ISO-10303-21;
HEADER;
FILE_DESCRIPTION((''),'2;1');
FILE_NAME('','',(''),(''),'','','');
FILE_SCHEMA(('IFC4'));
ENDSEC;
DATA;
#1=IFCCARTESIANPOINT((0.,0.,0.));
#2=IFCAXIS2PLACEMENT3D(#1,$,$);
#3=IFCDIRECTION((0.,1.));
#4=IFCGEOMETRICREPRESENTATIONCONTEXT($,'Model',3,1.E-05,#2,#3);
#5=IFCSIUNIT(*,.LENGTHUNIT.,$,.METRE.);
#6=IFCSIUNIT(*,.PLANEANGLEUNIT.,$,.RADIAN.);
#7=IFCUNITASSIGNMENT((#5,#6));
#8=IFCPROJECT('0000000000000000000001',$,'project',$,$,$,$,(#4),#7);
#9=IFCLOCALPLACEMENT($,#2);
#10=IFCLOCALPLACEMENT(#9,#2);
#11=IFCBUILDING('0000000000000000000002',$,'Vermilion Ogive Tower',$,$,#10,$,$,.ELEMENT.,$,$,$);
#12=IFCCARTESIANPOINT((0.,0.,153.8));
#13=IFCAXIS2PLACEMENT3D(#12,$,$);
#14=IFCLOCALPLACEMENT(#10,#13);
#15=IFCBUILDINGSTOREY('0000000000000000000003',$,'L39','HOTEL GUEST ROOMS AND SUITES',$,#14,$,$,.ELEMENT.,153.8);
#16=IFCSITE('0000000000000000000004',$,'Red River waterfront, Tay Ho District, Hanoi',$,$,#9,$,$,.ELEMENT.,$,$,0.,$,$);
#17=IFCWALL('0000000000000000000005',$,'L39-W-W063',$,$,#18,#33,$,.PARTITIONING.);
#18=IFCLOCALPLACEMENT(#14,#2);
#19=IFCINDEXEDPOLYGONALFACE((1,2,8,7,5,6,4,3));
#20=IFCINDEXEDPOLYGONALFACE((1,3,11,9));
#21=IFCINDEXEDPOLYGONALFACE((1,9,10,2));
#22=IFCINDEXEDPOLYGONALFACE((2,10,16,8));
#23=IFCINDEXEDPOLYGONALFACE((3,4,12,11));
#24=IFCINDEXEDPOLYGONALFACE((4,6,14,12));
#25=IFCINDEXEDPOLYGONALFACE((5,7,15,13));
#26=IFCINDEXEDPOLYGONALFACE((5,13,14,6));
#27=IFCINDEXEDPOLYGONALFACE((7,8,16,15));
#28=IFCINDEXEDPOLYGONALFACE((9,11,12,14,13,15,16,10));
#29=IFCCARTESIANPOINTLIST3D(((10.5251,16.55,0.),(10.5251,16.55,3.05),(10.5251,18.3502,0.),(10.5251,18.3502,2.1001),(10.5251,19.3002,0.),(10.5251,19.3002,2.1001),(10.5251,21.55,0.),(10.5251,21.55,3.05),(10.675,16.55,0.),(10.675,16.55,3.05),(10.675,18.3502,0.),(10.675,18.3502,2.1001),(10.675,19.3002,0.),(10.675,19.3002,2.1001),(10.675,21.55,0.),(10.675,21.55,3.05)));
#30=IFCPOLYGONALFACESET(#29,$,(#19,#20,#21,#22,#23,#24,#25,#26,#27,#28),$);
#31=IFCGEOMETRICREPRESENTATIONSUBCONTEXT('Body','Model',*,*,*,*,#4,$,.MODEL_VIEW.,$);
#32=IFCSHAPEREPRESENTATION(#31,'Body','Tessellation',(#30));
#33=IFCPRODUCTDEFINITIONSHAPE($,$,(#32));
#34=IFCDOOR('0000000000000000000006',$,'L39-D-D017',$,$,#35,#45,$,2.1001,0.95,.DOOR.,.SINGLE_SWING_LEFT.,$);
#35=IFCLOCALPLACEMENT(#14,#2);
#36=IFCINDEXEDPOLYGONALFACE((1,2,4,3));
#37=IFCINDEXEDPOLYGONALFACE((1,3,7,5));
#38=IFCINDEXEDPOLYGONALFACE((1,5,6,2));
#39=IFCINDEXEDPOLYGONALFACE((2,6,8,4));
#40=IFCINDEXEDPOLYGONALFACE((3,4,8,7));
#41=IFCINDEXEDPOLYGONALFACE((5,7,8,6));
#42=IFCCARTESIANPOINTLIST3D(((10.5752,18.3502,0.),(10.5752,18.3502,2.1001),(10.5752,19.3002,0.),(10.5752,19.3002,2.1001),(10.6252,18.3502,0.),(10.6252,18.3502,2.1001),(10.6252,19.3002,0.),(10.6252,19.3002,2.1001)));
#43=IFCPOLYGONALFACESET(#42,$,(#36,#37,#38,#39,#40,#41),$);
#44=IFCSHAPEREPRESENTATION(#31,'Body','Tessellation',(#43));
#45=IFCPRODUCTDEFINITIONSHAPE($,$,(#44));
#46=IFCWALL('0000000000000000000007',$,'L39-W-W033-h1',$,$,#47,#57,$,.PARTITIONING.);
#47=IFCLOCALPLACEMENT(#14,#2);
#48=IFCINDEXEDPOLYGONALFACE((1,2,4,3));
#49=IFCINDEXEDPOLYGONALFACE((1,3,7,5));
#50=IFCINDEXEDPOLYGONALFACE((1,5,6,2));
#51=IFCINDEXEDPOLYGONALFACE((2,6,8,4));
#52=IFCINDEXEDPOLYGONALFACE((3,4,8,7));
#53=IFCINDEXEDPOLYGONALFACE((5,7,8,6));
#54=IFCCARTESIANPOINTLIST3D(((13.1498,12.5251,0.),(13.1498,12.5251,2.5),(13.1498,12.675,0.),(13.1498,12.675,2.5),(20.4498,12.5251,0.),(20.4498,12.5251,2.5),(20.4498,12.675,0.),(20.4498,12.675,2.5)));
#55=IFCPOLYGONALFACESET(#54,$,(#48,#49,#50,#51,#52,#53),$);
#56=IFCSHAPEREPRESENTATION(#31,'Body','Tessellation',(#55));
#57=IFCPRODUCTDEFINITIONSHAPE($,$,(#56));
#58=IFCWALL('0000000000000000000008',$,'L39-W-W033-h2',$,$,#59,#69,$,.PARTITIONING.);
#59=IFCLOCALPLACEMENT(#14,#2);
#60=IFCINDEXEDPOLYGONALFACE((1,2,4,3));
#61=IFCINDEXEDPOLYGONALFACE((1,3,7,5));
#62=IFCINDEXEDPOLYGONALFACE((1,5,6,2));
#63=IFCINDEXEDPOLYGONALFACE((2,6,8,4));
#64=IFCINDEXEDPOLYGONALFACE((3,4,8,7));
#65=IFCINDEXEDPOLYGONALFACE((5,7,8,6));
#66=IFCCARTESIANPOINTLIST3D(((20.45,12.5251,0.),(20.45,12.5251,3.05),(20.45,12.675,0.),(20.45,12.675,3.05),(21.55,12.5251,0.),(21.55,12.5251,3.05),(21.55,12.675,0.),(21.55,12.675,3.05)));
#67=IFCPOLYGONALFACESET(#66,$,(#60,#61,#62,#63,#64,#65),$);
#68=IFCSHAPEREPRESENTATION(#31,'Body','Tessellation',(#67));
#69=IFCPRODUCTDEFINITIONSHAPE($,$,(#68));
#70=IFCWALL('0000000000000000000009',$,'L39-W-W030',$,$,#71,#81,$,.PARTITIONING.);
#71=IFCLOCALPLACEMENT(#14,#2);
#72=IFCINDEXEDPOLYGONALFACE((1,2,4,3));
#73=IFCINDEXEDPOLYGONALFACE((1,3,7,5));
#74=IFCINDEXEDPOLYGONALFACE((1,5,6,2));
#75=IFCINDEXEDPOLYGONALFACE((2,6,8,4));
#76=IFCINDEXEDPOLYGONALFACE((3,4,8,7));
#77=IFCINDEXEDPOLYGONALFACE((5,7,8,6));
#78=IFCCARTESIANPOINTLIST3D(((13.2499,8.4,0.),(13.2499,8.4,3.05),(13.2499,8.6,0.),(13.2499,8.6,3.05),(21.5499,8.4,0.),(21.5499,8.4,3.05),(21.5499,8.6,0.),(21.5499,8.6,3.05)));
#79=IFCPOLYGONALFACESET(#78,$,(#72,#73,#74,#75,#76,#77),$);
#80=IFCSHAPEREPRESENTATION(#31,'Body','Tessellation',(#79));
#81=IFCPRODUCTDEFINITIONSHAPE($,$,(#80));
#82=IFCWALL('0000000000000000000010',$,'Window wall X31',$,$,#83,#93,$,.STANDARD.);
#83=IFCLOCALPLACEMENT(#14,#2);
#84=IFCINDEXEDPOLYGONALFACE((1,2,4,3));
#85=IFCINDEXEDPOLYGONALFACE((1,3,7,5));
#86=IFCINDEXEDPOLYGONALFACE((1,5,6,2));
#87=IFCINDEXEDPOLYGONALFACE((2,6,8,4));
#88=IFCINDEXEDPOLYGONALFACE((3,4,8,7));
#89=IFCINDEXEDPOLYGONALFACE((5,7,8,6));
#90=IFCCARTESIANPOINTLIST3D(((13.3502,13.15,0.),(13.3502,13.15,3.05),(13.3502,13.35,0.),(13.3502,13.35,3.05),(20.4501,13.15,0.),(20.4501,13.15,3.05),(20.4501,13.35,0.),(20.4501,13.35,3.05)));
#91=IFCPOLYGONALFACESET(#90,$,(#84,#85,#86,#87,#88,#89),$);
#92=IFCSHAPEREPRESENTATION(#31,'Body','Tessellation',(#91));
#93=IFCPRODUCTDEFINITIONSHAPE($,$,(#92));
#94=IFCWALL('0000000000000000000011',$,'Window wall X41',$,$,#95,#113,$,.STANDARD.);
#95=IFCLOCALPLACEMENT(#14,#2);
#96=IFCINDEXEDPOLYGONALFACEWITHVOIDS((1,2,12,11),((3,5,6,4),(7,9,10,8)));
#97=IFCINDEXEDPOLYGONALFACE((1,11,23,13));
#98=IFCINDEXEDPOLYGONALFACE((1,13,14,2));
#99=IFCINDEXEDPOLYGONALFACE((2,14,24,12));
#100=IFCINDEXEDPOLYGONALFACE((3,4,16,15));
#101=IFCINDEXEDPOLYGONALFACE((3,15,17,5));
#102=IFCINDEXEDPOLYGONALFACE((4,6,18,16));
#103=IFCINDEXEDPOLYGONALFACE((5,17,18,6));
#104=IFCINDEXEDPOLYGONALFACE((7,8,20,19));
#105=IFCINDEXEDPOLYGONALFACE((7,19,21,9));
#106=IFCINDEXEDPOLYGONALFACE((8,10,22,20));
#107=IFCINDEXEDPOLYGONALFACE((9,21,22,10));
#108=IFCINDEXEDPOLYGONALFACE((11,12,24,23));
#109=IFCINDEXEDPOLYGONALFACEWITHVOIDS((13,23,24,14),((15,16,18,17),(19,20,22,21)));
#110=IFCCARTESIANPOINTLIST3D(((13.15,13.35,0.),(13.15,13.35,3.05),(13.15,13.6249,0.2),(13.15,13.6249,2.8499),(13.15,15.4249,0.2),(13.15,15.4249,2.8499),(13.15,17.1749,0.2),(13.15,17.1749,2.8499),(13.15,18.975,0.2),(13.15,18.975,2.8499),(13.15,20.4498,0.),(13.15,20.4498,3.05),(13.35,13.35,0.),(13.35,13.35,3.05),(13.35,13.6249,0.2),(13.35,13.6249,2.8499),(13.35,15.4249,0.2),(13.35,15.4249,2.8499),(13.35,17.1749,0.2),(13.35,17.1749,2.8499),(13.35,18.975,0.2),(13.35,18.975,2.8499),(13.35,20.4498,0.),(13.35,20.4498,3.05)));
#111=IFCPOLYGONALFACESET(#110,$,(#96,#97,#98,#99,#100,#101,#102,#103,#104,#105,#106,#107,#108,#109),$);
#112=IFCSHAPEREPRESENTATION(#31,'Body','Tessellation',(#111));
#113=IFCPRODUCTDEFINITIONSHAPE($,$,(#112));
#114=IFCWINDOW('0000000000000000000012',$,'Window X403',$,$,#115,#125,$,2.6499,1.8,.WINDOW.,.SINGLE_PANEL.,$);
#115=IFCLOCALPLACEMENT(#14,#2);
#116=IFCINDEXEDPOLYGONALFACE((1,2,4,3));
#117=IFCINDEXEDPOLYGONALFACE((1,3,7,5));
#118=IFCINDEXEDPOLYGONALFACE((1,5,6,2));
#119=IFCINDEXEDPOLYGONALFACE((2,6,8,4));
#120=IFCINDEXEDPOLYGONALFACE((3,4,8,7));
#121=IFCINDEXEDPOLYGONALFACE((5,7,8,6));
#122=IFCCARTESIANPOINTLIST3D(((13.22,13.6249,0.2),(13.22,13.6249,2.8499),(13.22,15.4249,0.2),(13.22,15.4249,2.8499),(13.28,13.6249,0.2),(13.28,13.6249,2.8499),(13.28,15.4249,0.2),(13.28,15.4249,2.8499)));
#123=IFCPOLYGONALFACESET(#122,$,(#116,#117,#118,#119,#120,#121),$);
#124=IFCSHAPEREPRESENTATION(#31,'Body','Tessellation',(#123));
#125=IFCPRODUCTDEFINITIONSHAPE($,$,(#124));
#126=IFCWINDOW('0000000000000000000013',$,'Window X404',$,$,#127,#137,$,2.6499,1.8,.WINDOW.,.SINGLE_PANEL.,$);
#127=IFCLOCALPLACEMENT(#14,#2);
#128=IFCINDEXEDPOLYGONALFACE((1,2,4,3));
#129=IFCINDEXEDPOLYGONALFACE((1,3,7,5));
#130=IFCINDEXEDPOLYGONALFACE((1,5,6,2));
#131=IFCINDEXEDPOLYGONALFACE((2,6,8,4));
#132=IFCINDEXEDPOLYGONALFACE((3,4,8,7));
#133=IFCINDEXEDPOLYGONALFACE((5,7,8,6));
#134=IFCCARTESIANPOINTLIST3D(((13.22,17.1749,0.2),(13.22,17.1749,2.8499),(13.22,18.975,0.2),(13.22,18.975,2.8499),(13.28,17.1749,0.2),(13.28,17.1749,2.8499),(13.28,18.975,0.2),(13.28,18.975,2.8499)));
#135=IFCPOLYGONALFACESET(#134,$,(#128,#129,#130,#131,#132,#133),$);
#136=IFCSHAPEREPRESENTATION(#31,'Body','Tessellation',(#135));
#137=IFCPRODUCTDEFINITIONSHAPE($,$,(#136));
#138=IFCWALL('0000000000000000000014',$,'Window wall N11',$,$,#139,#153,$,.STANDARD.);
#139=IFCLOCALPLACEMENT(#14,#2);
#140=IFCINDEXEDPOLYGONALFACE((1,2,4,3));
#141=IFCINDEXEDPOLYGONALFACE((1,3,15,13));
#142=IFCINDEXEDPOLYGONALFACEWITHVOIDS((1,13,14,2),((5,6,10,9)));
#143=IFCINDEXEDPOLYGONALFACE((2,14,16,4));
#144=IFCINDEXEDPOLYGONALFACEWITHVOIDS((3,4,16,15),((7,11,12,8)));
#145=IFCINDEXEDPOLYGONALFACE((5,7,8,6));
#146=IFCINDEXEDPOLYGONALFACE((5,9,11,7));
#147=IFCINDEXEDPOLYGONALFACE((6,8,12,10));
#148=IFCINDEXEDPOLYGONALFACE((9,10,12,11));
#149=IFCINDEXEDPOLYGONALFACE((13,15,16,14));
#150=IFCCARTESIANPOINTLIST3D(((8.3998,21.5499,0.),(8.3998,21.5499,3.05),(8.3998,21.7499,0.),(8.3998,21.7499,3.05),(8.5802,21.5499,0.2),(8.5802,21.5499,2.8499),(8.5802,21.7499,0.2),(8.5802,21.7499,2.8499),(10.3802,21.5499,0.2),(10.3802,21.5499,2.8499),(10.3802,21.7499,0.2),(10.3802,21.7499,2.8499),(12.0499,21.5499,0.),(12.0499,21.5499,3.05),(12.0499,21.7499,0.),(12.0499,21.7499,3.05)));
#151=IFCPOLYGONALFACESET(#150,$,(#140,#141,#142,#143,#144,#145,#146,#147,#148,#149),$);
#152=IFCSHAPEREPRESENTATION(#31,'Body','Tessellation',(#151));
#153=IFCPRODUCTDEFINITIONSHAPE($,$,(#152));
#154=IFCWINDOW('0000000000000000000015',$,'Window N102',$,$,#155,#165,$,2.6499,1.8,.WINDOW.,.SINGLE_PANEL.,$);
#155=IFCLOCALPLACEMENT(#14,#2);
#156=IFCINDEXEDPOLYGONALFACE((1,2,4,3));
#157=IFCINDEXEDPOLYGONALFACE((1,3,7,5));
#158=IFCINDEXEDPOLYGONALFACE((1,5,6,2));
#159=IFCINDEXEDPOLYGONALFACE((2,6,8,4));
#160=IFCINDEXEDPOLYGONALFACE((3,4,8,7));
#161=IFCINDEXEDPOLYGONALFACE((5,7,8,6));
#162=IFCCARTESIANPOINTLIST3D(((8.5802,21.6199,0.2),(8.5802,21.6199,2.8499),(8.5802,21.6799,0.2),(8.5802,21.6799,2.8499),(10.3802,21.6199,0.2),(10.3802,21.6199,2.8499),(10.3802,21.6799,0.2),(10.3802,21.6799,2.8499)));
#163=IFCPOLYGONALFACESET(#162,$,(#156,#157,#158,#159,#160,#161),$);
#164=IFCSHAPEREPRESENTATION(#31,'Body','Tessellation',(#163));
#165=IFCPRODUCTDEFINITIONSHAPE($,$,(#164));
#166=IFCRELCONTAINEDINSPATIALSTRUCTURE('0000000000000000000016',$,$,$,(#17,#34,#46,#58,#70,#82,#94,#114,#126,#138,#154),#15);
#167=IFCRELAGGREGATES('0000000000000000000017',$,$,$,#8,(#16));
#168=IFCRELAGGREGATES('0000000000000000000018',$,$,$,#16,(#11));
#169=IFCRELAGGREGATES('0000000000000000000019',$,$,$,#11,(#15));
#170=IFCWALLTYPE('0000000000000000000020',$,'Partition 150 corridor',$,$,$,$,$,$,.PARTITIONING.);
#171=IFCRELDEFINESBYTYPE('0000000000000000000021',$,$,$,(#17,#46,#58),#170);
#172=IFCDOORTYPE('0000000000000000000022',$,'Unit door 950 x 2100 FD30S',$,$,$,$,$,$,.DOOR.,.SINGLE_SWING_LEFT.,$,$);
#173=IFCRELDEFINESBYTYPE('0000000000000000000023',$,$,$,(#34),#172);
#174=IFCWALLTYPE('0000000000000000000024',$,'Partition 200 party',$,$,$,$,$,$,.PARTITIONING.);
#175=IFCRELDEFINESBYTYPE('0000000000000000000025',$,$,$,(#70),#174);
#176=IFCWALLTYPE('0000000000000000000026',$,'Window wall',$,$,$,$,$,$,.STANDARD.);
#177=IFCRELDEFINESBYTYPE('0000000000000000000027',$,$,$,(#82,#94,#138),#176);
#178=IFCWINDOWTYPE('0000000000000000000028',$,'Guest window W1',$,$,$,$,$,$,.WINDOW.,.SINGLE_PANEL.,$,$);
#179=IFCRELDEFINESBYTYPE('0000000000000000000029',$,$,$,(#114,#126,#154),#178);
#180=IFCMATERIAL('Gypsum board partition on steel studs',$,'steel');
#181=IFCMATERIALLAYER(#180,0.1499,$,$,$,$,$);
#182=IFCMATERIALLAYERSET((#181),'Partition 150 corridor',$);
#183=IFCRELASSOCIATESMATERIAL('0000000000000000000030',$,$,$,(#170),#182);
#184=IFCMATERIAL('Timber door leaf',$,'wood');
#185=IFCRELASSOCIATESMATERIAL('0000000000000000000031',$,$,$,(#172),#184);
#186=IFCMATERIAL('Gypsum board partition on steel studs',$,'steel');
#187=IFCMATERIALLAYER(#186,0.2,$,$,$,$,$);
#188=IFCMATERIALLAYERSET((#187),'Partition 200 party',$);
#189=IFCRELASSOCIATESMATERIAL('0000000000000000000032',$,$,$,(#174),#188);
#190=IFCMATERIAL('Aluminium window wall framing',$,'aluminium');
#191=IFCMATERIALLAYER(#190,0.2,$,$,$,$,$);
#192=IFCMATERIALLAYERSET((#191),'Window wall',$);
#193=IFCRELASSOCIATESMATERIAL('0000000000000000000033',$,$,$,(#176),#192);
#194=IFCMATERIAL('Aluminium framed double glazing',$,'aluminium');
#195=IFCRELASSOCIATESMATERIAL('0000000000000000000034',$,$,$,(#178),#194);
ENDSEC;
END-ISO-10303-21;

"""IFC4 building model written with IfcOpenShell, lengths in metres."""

from ifc_helpers import new_model, si_unit, direction, frame, frame_2d, origin, place, context, subcontext, project, spatial, rectangle, extrude, material, layer, layer_set, type_object, element, fill, save


model = new_model("IFC4")

# Units and contexts
model_context = context("Model", 3, precision=1e-05, world=origin(), true_north=direction((0.0, 1.0)))
body_context = subcontext(model_context, "Body", "Model", "MODEL_VIEW")
ifc_project = project(units=[si_unit("LENGTHUNIT", "METRE"), si_unit("PLANEANGLEUNIT", "RADIAN")], contexts=[model_context])

# Site, building, storey
site_placement = place(None, origin())
site = spatial("IfcSite", under=ifc_project, at=site_placement, Name="Red River waterfront, Tay Ho District, Hanoi", CompositionType="ELEMENT", RefElevation=0.0)
building_placement = place(site_placement, origin())
building = spatial("IfcBuilding", under=site, at=building_placement, Name="Vermilion Ogive Tower", CompositionType="ELEMENT")
storey_placement = place(building_placement, frame((0.0, 0.0, 153.8)))
storey = spatial("IfcBuildingStorey", under=building, at=storey_placement, Name="L39", Description="HOTEL GUEST ROOMS AND SUITES", CompositionType="ELEMENT", Elevation=153.8)

# Shared definitions
ifc_material_1 = material(Name="Gypsum board partition on steel studs", Category="steel")
ifc_layer_1 = layer(ifc_material_1, 0.1499)
ifc_layer_set_1 = layer_set([ifc_layer_1], Name="Partition 150 corridor")
wall_type_1 = type_object("IfcWallType", Name="Partition 150 corridor", PredefinedType="PARTITIONING", material=ifc_layer_set_1)

# Wall, opening, door
wall_1_placement = place(storey_placement, frame((10.6001, 16.55, 0.0), z_axis=(0.0, 0.0, 1.0), x_axis=(0.0, 1.0, 0.0)))
wall_1 = element("IfcWall", 1, at=wall_1_placement, inside=storey, type_object=wall_type_1, Name="L39-W-W063", PredefinedType="PARTITIONING", context=body_context, shape_type="SweptSolid", body=[
    extrude(rectangle(XDim=5.0, YDim=0.1499, at=frame_2d((2.5, 0.0))), origin(), (0.0, 0.0, 1.0), 3.05),
])
opening_1_placement = place(wall_1_placement, frame((1.8, 0.0, 0.0)))
opening_1 = element("IfcOpeningElement", 2, at=opening_1_placement, cuts=wall_1, PredefinedType="OPENING", context=body_context, shape_type="SweptSolid", body=[
    extrude(rectangle(XDim=0.95, YDim=2.1001, at=frame_2d((0.4751, 1.05))), frame((0.0, 0.085, 0.0), z_axis=(0.0, -1.0, 0.0), x_axis=(1.0, 0.0, 0.0)), (0.0, 0.0, 1.0), 0.1699),
])
ifc_material_2 = material(Name="Timber door leaf", Category="wood")
door_type = type_object("IfcDoorType", Name="Unit door 950 x 2100 FD30S", OperationType="SINGLE_SWING_LEFT", PredefinedType="DOOR", material=ifc_material_2)
door_placement = place(opening_1_placement, origin())
door = element("IfcDoor", 3, at=door_placement, inside=storey, type_object=door_type, Name="L39-D-D017", OperationType="SINGLE_SWING_LEFT", OverallHeight=2.1001, OverallWidth=0.95, PredefinedType="DOOR", context=body_context, shape_type="SweptSolid", body=[
    extrude(rectangle(XDim=0.95, YDim=2.1001, at=frame_2d((0.4751, 1.05))), frame((0.0, 0.0249, 0.0), z_axis=(0.0, -1.0, 0.0), x_axis=(1.0, 0.0, 0.0)), (0.0, 0.0, 1.0), 0.05),
])
fill(opening_1, door)

# Walls
wall_2_placement = place(storey_placement, frame((13.1499, 12.6001, 0.0), z_axis=(0.0, 0.0, 1.0), x_axis=(1.0, 0.0, 0.0)))
element("IfcWall", 4, at=wall_2_placement, inside=storey, type_object=wall_type_1, Name="L39-W-W033-h1", PredefinedType="PARTITIONING", context=body_context, shape_type="SweptSolid", body=[
    extrude(rectangle(XDim=7.3, YDim=0.1499, at=frame_2d((3.6499, 0.0))), origin(), (0.0, 0.0, 1.0), 2.5),
])
wall_3_placement = place(storey_placement, frame((20.45, 12.6001, 0.0), z_axis=(0.0, 0.0, 1.0), x_axis=(1.0, 0.0, 0.0)))
element("IfcWall", 5, at=wall_3_placement, inside=storey, type_object=wall_type_1, Name="L39-W-W033-h2", PredefinedType="PARTITIONING", context=body_context, shape_type="SweptSolid", body=[
    extrude(rectangle(XDim=1.1001, YDim=0.1499, at=frame_2d((0.55, 0.0))), origin(), (0.0, 0.0, 1.0), 3.05),
])
ifc_material_3 = material(Name="Gypsum board partition on steel studs", Category="steel")
ifc_layer_2 = layer(ifc_material_3, 0.2)
ifc_layer_set_2 = layer_set([ifc_layer_2], Name="Partition 200 party")
wall_type_2 = type_object("IfcWallType", Name="Partition 200 party", PredefinedType="PARTITIONING", material=ifc_layer_set_2)
wall_4_placement = place(storey_placement, frame((13.25, 8.5, 0.0), z_axis=(0.0, 0.0, 1.0), x_axis=(1.0, 0.0, 0.0)))
element("IfcWall", 6, at=wall_4_placement, inside=storey, type_object=wall_type_2, Name="L39-W-W030", PredefinedType="PARTITIONING", context=body_context, shape_type="SweptSolid", body=[
    extrude(rectangle(XDim=8.3, YDim=0.2, at=frame_2d((4.1499, 0.0))), origin(), (0.0, 0.0, 1.0), 3.05),
])
ifc_material_4 = material(Name="Aluminium window wall framing", Category="aluminium")
ifc_layer_3 = layer(ifc_material_4, 0.2)
ifc_layer_set_3 = layer_set([ifc_layer_3], Name="Window wall")
wall_type_3 = type_object("IfcWallType", Name="Window wall", PredefinedType="STANDARD", material=ifc_layer_set_3)
wall_5_placement = place(storey_placement, frame((20.45, 13.25, 0.0), z_axis=(0.0, 0.0, 1.0), x_axis=(-1.0, 0.0, 0.0)))
element("IfcWall", 7, at=wall_5_placement, inside=storey, type_object=wall_type_3, Name="Window wall X31", PredefinedType="STANDARD", context=body_context, shape_type="SweptSolid", body=[
    extrude(rectangle(XDim=7.0999, YDim=0.2, at=frame_2d((3.5498, 0.0))), origin(), (0.0, 0.0, 1.0), 3.05),
])

# Wall, openings, windows
wall_6_placement = place(storey_placement, frame((13.25, 13.3501, 0.0), z_axis=(0.0, 0.0, 1.0), x_axis=(0.0, 1.0, 0.0)))
wall_6 = element("IfcWall", 8, at=wall_6_placement, inside=storey, type_object=wall_type_3, Name="Window wall X41", PredefinedType="STANDARD", context=body_context, shape_type="SweptSolid", body=[
    extrude(rectangle(XDim=7.0999, YDim=0.2, at=frame_2d((3.5498, 0.0))), origin(), (0.0, 0.0, 1.0), 3.05),
])
opening_2_placement = place(wall_6_placement, frame((0.2749, 0.0, 0.2)))
opening_2 = element("IfcOpeningElement", 9, at=opening_2_placement, cuts=wall_6, PredefinedType="OPENING", context=body_context, shape_type="SweptSolid", body=[
    extrude(rectangle(XDim=1.8, YDim=2.6499, at=frame_2d((0.8999, 1.325))), frame((0.0, 0.1099, 0.0), z_axis=(0.0, -1.0, 0.0), x_axis=(1.0, 0.0, 0.0)), (0.0, 0.0, 1.0), 0.22),
])
opening_3_placement = place(wall_6_placement, frame((3.825, 0.0, 0.2)))
opening_3 = element("IfcOpeningElement", 10, at=opening_3_placement, cuts=wall_6, PredefinedType="OPENING", context=body_context, shape_type="SweptSolid", body=[
    extrude(rectangle(XDim=1.8, YDim=2.6499, at=frame_2d((0.8999, 1.325))), frame((0.0, 0.1099, 0.0), z_axis=(0.0, -1.0, 0.0), x_axis=(1.0, 0.0, 0.0)), (0.0, 0.0, 1.0), 0.22),
])
ifc_material_5 = material(Name="Aluminium framed double glazing", Category="aluminium")
window_type = type_object("IfcWindowType", Name="Guest window W1", PartitioningType="SINGLE_PANEL", PredefinedType="WINDOW", material=ifc_material_5)
window_1_placement = place(opening_2_placement, origin())
window_1 = element("IfcWindow", 11, at=window_1_placement, inside=storey, type_object=window_type, Name="Window X403", OverallHeight=2.6499, OverallWidth=1.8, PartitioningType="SINGLE_PANEL", PredefinedType="WINDOW", context=body_context, shape_type="SweptSolid", body=[
    extrude(rectangle(XDim=1.8, YDim=2.6499, at=frame_2d((0.8999, 1.325))), frame((0.0, 0.03, 0.0), z_axis=(0.0, -1.0, 0.0), x_axis=(1.0, 0.0, 0.0)), (0.0, 0.0, 1.0), 0.0601),
])
fill(opening_2, window_1)
window_2_placement = place(opening_3_placement, origin())
window_2 = element("IfcWindow", 12, at=window_2_placement, inside=storey, type_object=window_type, Name="Window X404", OverallHeight=2.6499, OverallWidth=1.8, PartitioningType="SINGLE_PANEL", PredefinedType="WINDOW", context=body_context, shape_type="SweptSolid", body=[
    extrude(rectangle(XDim=1.8, YDim=2.6499, at=frame_2d((0.8999, 1.325))), frame((0.0, 0.03, 0.0), z_axis=(0.0, -1.0, 0.0), x_axis=(1.0, 0.0, 0.0)), (0.0, 0.0, 1.0), 0.0601),
])
fill(opening_3, window_2)

# Wall, opening, window
wall_7_placement = place(storey_placement, frame((12.05, 21.6499, 0.0), z_axis=(0.0, 0.0, 1.0), x_axis=(-1.0, 0.0, 0.0)))
wall_7 = element("IfcWall", 13, at=wall_7_placement, inside=storey, type_object=wall_type_3, Name="Window wall N11", PredefinedType="STANDARD", context=body_context, shape_type="SweptSolid", body=[
    extrude(rectangle(XDim=3.6501, YDim=0.2, at=frame_2d((1.8252, 0.0))), origin(), (0.0, 0.0, 1.0), 3.05),
])
opening_4_placement = place(wall_7_placement, frame((1.6699, 0.0, 0.2)))
opening_4 = element("IfcOpeningElement", 14, at=opening_4_placement, cuts=wall_7, PredefinedType="OPENING", context=body_context, shape_type="SweptSolid", body=[
    extrude(rectangle(XDim=1.8, YDim=2.6499, at=frame_2d((0.8999, 1.325))), frame((0.0, 0.1099, 0.0), z_axis=(0.0, -1.0, 0.0), x_axis=(1.0, 0.0, 0.0)), (0.0, 0.0, 1.0), 0.22),
])
window_3_placement = place(opening_4_placement, origin())
window_3 = element("IfcWindow", 15, at=window_3_placement, inside=storey, type_object=window_type, Name="Window N102", OverallHeight=2.6499, OverallWidth=1.8, PartitioningType="SINGLE_PANEL", PredefinedType="WINDOW", context=body_context, shape_type="SweptSolid", body=[
    extrude(rectangle(XDim=1.8, YDim=2.6499, at=frame_2d((0.8999, 1.325))), frame((0.0, 0.03, 0.0), z_axis=(0.0, -1.0, 0.0), x_axis=(1.0, 0.0, 0.0)), (0.0, 0.0, 1.0), 0.0601),
])
fill(opening_4, window_3)

save(model, "model.ifc")
